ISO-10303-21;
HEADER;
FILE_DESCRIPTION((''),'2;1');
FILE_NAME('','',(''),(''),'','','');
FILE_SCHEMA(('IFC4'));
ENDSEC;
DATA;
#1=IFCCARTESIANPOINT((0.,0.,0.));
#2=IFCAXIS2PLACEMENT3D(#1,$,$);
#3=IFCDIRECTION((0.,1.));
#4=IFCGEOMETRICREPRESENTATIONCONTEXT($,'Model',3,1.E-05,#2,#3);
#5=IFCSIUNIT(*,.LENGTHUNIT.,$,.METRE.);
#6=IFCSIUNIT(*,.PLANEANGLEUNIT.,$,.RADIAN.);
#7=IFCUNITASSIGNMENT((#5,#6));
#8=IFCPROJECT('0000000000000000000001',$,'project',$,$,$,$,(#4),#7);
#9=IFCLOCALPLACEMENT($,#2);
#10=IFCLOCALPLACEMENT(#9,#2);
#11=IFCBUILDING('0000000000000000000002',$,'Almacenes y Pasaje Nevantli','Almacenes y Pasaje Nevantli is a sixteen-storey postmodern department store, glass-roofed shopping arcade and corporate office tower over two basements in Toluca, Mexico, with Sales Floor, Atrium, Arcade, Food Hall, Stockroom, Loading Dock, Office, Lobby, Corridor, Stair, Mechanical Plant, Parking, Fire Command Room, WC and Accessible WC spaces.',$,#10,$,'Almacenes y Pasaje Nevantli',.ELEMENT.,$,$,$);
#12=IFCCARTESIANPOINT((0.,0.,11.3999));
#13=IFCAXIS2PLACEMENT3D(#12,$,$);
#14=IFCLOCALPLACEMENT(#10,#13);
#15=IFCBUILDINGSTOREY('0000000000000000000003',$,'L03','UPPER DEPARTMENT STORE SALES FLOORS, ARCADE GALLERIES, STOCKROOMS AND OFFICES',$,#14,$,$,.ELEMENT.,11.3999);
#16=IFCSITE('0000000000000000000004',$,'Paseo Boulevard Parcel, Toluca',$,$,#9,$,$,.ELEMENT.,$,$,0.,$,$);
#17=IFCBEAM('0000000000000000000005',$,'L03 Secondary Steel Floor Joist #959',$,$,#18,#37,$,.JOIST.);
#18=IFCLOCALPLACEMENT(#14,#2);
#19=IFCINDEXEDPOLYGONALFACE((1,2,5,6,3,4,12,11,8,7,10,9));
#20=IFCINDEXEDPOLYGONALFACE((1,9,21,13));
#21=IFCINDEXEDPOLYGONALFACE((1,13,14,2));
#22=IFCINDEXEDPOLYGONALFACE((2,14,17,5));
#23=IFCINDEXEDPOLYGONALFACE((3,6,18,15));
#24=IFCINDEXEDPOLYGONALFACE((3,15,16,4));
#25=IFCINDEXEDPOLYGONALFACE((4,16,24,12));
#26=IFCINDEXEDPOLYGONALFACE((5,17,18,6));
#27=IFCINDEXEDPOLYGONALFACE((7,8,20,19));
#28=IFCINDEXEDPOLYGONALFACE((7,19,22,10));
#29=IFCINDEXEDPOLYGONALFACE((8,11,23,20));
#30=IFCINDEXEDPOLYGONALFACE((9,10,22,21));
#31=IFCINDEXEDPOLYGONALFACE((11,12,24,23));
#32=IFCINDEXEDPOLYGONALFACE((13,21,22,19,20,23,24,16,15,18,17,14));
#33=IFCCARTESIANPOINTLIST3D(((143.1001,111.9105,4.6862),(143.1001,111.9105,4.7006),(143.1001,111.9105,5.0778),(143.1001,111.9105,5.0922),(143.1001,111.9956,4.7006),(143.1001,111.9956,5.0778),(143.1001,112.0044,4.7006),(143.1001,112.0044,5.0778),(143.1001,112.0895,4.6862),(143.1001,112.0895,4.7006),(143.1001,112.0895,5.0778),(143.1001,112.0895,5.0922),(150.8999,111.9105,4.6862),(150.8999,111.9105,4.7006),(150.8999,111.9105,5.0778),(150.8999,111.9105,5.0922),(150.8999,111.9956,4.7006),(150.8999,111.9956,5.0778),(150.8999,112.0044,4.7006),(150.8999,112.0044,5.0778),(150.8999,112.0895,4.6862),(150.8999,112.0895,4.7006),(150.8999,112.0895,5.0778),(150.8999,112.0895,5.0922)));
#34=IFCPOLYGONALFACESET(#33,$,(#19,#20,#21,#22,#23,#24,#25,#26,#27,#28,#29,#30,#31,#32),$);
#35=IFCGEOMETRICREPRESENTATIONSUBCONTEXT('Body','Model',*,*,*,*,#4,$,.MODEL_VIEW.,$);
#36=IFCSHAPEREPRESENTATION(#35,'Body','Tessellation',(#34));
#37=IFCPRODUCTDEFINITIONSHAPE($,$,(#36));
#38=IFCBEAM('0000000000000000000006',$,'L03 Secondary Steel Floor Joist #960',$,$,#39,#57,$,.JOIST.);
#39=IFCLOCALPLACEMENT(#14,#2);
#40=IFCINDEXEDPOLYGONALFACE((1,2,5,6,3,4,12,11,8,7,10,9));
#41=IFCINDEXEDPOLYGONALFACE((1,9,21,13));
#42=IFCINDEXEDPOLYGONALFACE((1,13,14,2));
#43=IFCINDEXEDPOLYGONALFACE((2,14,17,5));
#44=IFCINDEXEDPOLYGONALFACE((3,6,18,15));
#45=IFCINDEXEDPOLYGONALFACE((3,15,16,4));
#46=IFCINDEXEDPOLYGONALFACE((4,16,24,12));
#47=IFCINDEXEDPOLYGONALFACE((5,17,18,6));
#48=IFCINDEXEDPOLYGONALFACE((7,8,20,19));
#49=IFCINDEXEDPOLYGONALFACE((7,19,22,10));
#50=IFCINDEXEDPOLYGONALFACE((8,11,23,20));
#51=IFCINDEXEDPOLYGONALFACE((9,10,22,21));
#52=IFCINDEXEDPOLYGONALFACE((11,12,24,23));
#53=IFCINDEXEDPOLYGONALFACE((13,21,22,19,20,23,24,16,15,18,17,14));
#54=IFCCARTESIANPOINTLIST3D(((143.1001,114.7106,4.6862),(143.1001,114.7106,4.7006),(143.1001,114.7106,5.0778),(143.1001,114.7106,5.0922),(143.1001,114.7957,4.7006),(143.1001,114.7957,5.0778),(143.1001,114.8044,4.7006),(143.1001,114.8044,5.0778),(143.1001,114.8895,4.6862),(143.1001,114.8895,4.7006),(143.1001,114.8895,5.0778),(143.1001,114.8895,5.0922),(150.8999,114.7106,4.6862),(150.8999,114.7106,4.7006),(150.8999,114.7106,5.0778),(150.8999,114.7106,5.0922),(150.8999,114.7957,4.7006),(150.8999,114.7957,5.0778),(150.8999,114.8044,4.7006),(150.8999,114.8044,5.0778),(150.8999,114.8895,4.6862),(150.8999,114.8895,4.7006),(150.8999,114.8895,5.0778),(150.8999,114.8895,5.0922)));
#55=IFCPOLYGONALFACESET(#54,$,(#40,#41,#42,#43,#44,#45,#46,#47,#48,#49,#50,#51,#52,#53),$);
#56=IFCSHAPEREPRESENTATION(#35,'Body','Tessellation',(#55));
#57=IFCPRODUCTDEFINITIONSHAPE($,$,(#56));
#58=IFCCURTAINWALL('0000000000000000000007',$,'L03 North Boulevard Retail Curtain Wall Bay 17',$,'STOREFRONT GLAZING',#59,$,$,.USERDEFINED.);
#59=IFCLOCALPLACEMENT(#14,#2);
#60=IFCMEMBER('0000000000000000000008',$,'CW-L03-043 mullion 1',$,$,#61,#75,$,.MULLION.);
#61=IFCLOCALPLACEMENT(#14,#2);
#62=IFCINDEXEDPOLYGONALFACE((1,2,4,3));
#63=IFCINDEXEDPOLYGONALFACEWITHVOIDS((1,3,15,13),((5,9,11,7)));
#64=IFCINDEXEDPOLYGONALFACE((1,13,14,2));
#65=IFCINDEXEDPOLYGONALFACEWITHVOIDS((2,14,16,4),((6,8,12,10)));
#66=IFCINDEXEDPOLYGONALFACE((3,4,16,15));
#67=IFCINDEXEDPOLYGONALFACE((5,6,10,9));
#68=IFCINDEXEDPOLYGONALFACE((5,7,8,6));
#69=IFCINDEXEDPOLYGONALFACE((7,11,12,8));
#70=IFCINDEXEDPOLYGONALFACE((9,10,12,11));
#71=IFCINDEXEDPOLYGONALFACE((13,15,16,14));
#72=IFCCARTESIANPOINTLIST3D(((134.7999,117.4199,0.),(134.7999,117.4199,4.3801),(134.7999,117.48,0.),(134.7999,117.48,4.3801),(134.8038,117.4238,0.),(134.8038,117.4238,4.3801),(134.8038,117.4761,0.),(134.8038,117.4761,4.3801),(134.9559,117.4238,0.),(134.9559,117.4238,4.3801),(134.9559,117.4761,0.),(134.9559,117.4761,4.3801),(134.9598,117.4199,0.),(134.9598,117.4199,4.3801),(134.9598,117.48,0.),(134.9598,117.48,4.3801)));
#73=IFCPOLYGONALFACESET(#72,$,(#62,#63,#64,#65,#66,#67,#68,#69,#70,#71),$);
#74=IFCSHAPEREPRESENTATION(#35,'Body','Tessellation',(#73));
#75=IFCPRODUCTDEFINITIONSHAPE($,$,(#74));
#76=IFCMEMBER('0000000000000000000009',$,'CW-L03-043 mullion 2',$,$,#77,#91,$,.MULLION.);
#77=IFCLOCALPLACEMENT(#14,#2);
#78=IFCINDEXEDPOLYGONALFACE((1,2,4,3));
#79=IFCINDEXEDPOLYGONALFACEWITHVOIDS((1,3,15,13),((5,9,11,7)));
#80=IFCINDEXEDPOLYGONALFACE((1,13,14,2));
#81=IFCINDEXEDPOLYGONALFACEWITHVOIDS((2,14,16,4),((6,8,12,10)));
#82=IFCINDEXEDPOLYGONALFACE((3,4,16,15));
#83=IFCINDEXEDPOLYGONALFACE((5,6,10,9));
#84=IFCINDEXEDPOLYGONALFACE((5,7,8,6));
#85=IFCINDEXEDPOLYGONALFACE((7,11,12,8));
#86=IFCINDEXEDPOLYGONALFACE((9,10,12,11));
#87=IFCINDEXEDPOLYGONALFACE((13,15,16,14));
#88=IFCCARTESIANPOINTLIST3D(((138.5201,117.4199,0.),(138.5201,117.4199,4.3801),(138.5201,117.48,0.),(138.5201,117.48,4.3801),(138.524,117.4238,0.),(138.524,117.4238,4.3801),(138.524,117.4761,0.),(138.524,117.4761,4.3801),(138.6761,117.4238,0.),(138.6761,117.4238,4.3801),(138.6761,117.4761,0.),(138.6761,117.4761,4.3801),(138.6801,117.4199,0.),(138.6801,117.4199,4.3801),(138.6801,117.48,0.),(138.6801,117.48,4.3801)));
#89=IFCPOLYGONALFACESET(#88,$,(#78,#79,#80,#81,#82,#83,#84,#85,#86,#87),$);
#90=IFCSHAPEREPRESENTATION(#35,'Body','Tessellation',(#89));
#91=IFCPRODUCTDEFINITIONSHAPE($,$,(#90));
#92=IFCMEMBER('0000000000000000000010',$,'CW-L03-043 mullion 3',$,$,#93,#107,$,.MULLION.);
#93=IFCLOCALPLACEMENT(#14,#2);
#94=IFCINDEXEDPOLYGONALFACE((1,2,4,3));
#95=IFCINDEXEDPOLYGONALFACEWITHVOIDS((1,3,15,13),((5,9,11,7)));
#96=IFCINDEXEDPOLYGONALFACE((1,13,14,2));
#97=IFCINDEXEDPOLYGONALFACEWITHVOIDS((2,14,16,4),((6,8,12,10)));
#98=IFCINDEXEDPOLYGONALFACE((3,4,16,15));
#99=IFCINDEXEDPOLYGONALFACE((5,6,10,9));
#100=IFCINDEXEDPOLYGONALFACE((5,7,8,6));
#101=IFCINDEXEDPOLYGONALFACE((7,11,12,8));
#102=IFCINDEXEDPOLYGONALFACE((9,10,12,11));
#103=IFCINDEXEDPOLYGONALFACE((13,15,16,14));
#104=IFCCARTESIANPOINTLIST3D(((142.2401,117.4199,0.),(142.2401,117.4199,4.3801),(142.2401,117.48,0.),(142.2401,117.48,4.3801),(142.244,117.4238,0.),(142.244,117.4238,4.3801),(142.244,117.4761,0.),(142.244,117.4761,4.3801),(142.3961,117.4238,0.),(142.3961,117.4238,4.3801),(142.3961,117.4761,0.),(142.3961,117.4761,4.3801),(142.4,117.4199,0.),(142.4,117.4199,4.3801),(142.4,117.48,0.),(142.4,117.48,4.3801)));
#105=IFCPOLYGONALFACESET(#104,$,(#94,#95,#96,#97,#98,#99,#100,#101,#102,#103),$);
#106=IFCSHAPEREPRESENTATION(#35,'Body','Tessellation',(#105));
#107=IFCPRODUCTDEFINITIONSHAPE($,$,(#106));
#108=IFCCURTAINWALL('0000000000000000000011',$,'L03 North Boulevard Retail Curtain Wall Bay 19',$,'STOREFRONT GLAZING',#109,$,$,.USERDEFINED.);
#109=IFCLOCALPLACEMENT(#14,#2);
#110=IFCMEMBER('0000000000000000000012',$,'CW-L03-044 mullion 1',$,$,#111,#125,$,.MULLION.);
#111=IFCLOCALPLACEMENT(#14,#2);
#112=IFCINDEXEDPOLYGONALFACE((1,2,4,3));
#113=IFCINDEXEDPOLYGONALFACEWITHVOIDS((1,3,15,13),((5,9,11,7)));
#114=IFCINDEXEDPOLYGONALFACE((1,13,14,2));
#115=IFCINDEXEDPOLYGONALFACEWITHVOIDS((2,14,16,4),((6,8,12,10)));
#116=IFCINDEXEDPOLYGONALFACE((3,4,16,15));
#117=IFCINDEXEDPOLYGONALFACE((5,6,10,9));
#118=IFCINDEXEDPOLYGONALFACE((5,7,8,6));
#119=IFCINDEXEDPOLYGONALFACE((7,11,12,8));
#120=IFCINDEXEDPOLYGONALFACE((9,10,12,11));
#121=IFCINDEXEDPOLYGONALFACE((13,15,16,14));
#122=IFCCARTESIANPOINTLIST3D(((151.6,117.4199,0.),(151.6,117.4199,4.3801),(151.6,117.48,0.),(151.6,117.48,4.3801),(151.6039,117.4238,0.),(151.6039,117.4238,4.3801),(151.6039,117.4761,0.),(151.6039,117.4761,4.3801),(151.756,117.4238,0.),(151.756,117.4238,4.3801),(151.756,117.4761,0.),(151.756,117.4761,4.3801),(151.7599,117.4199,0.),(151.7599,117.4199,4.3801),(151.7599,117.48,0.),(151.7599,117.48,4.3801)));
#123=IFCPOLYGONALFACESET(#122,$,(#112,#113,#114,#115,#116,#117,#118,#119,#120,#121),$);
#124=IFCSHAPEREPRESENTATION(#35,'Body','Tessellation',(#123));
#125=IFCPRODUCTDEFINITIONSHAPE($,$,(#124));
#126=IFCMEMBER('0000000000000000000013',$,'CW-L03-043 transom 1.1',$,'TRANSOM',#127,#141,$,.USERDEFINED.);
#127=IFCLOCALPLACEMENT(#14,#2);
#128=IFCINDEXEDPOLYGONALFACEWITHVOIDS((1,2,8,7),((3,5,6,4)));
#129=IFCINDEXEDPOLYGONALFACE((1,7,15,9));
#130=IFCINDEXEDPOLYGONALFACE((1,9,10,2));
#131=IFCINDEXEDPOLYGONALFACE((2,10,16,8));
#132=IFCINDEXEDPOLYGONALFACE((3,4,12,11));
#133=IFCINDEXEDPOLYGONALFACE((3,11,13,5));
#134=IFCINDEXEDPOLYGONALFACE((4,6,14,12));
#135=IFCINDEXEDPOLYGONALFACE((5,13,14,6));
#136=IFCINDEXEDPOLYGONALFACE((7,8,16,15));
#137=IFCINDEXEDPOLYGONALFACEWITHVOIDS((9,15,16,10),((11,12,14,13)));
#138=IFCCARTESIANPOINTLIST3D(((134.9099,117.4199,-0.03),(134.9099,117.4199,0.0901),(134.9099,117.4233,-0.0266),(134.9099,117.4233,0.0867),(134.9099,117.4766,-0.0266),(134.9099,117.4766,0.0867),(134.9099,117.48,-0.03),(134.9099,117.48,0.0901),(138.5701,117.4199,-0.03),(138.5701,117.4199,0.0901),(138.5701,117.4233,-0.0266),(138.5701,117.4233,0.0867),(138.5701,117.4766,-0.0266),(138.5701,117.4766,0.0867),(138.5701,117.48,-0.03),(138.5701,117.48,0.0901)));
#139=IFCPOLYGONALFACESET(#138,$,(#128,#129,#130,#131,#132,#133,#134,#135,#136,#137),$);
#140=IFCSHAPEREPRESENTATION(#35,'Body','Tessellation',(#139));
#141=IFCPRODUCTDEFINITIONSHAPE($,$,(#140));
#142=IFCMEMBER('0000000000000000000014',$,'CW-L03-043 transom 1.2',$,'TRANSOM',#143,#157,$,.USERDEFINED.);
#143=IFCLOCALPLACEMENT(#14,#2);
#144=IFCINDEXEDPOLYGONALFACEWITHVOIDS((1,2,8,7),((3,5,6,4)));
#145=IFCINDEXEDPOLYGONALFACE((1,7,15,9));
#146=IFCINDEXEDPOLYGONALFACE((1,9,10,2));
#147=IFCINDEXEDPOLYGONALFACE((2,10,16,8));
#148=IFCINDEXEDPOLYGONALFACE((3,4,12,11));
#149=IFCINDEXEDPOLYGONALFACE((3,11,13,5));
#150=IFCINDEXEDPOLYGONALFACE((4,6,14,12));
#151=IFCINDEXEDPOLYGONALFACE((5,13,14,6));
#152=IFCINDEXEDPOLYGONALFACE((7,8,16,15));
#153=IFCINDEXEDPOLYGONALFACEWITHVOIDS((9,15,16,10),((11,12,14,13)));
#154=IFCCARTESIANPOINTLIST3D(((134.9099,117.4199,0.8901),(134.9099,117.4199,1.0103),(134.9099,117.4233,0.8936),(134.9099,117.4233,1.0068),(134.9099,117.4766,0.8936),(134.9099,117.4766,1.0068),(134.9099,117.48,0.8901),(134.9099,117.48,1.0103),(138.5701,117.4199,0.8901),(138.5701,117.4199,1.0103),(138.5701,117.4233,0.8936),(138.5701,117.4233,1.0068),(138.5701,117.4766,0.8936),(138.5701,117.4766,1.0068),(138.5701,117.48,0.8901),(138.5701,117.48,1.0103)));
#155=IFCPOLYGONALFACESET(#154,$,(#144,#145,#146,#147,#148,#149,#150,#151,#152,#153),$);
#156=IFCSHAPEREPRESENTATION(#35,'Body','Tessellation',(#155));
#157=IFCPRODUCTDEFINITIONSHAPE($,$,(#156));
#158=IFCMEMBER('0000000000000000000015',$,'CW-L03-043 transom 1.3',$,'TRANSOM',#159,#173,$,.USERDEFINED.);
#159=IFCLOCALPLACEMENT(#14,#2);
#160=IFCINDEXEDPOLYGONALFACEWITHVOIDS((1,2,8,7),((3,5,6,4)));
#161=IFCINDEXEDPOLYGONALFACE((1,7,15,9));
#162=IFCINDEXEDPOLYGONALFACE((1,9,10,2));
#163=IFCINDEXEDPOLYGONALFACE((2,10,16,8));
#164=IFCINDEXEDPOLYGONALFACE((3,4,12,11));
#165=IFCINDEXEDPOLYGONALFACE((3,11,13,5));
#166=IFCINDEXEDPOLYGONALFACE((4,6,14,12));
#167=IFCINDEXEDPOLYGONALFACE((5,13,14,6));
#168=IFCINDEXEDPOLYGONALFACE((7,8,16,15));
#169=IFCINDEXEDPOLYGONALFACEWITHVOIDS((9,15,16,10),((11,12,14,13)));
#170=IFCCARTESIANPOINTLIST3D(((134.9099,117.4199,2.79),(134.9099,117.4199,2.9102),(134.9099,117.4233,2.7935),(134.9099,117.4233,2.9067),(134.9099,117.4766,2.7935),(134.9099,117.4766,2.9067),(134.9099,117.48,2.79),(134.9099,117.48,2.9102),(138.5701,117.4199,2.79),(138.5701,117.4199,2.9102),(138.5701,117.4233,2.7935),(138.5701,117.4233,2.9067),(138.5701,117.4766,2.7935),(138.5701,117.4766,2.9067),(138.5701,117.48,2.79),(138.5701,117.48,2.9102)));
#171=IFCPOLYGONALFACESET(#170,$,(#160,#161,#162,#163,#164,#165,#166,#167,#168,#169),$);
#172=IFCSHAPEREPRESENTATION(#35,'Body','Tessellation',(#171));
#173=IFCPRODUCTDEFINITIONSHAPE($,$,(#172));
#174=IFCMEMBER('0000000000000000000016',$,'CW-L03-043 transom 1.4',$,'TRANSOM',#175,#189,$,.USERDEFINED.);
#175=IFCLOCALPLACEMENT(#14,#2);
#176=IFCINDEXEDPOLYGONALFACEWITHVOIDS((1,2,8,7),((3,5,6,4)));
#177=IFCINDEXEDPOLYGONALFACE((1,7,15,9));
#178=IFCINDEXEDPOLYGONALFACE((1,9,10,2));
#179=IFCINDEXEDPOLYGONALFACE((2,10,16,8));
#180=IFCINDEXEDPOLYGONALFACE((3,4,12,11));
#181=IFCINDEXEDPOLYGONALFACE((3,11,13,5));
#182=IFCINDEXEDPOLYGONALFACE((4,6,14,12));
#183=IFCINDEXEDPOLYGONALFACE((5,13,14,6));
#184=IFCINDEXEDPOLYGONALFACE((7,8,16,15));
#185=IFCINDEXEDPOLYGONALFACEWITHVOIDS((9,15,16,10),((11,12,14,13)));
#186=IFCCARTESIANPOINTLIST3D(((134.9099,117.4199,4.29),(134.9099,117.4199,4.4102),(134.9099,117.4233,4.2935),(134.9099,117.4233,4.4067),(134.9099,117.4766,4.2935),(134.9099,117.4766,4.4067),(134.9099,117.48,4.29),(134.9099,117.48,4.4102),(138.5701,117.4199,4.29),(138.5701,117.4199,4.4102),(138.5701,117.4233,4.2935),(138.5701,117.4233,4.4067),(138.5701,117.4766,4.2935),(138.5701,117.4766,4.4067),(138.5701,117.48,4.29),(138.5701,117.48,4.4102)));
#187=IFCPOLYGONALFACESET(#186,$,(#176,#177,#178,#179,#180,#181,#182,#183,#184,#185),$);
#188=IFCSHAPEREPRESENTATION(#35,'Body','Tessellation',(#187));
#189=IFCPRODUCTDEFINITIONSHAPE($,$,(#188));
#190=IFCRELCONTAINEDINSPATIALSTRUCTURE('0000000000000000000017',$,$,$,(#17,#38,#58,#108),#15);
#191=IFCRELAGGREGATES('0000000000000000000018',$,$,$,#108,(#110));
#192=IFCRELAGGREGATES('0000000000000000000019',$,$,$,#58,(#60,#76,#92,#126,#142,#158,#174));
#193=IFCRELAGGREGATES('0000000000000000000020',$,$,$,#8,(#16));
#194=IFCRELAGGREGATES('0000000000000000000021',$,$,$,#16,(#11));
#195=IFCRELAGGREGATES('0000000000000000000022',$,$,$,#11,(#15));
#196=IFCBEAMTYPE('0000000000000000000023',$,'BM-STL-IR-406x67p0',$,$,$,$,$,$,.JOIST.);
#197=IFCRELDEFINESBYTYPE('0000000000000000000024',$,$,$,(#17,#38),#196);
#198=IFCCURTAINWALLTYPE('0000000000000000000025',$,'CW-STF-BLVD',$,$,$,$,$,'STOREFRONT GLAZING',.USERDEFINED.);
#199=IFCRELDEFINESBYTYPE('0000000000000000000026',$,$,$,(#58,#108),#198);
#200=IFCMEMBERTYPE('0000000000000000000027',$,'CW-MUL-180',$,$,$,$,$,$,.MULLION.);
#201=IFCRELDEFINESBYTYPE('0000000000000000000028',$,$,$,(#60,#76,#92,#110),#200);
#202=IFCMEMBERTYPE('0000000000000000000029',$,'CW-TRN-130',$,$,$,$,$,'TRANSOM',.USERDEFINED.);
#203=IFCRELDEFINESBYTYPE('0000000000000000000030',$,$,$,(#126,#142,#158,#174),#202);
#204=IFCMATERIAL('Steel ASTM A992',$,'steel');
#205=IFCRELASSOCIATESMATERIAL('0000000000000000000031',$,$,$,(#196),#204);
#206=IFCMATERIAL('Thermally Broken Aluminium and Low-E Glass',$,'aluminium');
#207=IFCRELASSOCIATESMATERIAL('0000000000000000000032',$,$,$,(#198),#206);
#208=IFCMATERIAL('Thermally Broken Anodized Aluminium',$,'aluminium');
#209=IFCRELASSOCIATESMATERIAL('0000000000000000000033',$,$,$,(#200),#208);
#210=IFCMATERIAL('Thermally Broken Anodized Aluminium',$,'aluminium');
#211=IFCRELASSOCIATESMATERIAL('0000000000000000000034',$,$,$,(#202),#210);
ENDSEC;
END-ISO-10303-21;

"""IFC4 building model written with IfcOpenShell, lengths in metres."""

from ifc_helpers import new_model, si_unit, direction, frame, origin, origin_2d, place, context, subcontext, project, spatial, hollow_rectangle, i_section, extrude, material, material_profile, profile_set, type_object, element, aggregate, save


model = new_model("IFC4")

# Units and contexts
model_context = context("Model", 3, precision=1e-05, world=origin(), true_north=direction((0.0, 1.0)))
body_context = subcontext(model_context, "Body", "Model", "MODEL_VIEW")
ifc_project = project(units=[si_unit("LENGTHUNIT", "METRE"), si_unit("PLANEANGLEUNIT", "RADIAN")], contexts=[model_context])

# Site, building, storey
site_placement = place(None, origin())
site = spatial("IfcSite", under=ifc_project, at=site_placement, Name="Paseo Boulevard Parcel, Toluca", CompositionType="ELEMENT", RefElevation=0.0)
building_placement = place(site_placement, origin())
building = spatial("IfcBuilding", under=site, at=building_placement, Name="Almacenes y Pasaje Nevantli", Description="Almacenes y Pasaje Nevantli is a sixteen-storey postmodern department store, glass-roofed shopping arcade and corporate office tower over two basements in Toluca, Mexico, with Sales Floor, Atrium, Arcade, Food Hall, Stockroom, Loading Dock, Office, Lobby, Corridor, Stair, Mechanical Plant, Parking, Fire Command Room, WC and Accessible WC spaces.", LongName="Almacenes y Pasaje Nevantli", CompositionType="ELEMENT")
storey_placement = place(building_placement, frame((0.0, 0.0, 11.3999)))
storey = spatial("IfcBuildingStorey", under=building, at=storey_placement, Name="L03", Description="UPPER DEPARTMENT STORE SALES FLOORS, ARCADE GALLERIES, STOCKROOMS AND OFFICES", CompositionType="ELEMENT", Elevation=11.3999)

# Beams
ifc_material_1 = material(Name="Steel ASTM A992", Category="steel")
ifc_material_profile_1 = material_profile(ifc_material_1, i_section(OverallWidth=0.179, OverallDepth=0.406, WebThickness=0.0088, FlangeThickness=0.0144, at=origin_2d()), Name="IR 406x67.0")
ifc_profile_set_1 = profile_set([ifc_material_profile_1], Name="Steel ASTM A992")
beam_type_1 = type_object("IfcBeamType", Name="BM-STL-IR-406x67p0", PredefinedType="JOIST", material=ifc_profile_set_1)
for number, where, z_axis, x_axis, name in (
    (1, (143.1001, 112.0, 4.8892), (1.0, 0.0, 0.0), (0.0, 1.0, 0.0), "L03 Secondary Steel Floor Joist #959"),
    (2, (143.1001, 114.8, 4.8892), (1.0, 0.0, 0.0), (0.0, 1.0, 0.0), "L03 Secondary Steel Floor Joist #960"),
):
    element("IfcBeam", number, at=place(storey_placement, frame(where, z_axis=z_axis, x_axis=x_axis)), inside=storey, type_object=beam_type_1, Name=name, PredefinedType="JOIST", context=body_context, shape_type="SweptSolid", body=[
        extrude(i_section(OverallWidth=0.179, OverallDepth=0.406, WebThickness=0.0088, FlangeThickness=0.0144, at=origin_2d()), origin(), (0.0, 0.0, 1.0), 7.7998),
    ])

# Curtain wall, members
ifc_material_2 = material(Name="Thermally Broken Aluminium and Low-E Glass", Category="aluminium")
curtain_wall_type = type_object("IfcCurtainWallType", Name="CW-STF-BLVD", ElementType="STOREFRONT GLAZING", PredefinedType="USERDEFINED", material=ifc_material_2)
curtain_wall_1_placement = place(storey_placement, origin())
curtain_wall_1 = element("IfcCurtainWall", 3, at=curtain_wall_1_placement, inside=storey, type_object=curtain_wall_type, Name="L03 North Boulevard Retail Curtain Wall Bay 17", ObjectType="STOREFRONT GLAZING", PredefinedType="USERDEFINED")
ifc_material_3 = material(Name="Thermally Broken Anodized Aluminium", Category="aluminium")
ifc_material_profile_2 = material_profile(ifc_material_3, hollow_rectangle(XDim=0.0601, YDim=0.1599, WallThickness=0.0039, at=origin_2d()), Name="ALU-MUL-60x160")
ifc_profile_set_2 = profile_set([ifc_material_profile_2], Name="Thermally Broken Anodized Aluminium")
member_type_1 = type_object("IfcMemberType", Name="CW-MUL-180", PredefinedType="MULLION", material=ifc_profile_set_2)
member_1_placement = place(storey_placement, frame((134.8799, 117.45, 0.0), z_axis=(0.0, 0.0, 1.0), x_axis=(0.0, 1.0, 0.0)))
member_1 = element("IfcMember", 4, at=member_1_placement, type_object=member_type_1, Name="CW-L03-043 mullion 1", PredefinedType="MULLION", context=body_context, shape_type="SweptSolid", body=[
    extrude(hollow_rectangle(XDim=0.0601, YDim=0.1599, WallThickness=0.0039, at=origin_2d()), origin(), (0.0, 0.0, 1.0), 4.3801),
])
member_2_placement = place(storey_placement, frame((138.6001, 117.45, 0.0), z_axis=(0.0, 0.0, 1.0), x_axis=(0.0, 1.0, 0.0)))
member_2 = element("IfcMember", 5, at=member_2_placement, type_object=member_type_1, Name="CW-L03-043 mullion 2", PredefinedType="MULLION", context=body_context, shape_type="SweptSolid", body=[
    extrude(hollow_rectangle(XDim=0.0601, YDim=0.1599, WallThickness=0.0039, at=origin_2d()), origin(), (0.0, 0.0, 1.0), 4.3801),
])
member_3_placement = place(storey_placement, frame((142.3201, 117.45, 0.0), z_axis=(0.0, 0.0, 1.0), x_axis=(0.0, 1.0, 0.0)))
member_3 = element("IfcMember", 6, at=member_3_placement, type_object=member_type_1, Name="CW-L03-043 mullion 3", PredefinedType="MULLION", context=body_context, shape_type="SweptSolid", body=[
    extrude(hollow_rectangle(XDim=0.0601, YDim=0.1599, WallThickness=0.0039, at=origin_2d()), origin(), (0.0, 0.0, 1.0), 4.3801),
])

# Curtain wall, member
curtain_wall_2_placement = place(storey_placement, origin())
curtain_wall_2 = element("IfcCurtainWall", 7, at=curtain_wall_2_placement, inside=storey, type_object=curtain_wall_type, Name="L03 North Boulevard Retail Curtain Wall Bay 19", ObjectType="STOREFRONT GLAZING", PredefinedType="USERDEFINED")
member_4_placement = place(storey_placement, frame((151.6799, 117.45, 0.0), z_axis=(0.0, 0.0, 1.0), x_axis=(0.0, 1.0, 0.0)))
member_4 = element("IfcMember", 8, at=member_4_placement, type_object=member_type_1, Name="CW-L03-044 mullion 1", PredefinedType="MULLION", context=body_context, shape_type="SweptSolid", body=[
    extrude(hollow_rectangle(XDim=0.0601, YDim=0.1599, WallThickness=0.0039, at=origin_2d()), origin(), (0.0, 0.0, 1.0), 4.3801),
])

# Members
ifc_material_4 = material(Name="Thermally Broken Anodized Aluminium", Category="aluminium")
ifc_material_profile_3 = material_profile(ifc_material_4, hollow_rectangle(XDim=0.0601, YDim=0.1201, WallThickness=0.0034, at=origin_2d()), Name="ALU-TRN-60x120")
ifc_profile_set_3 = profile_set([ifc_material_profile_3], Name="Thermally Broken Anodized Aluminium")
member_type_2 = type_object("IfcMemberType", Name="CW-TRN-130", ElementType="TRANSOM", PredefinedType="USERDEFINED", material=ifc_profile_set_3)
member_5_placement = place(storey_placement, frame((134.9099, 117.45, 0.03), z_axis=(1.0, 0.0, 0.0), x_axis=(0.0, 1.0, 0.0)))
member_5 = element("IfcMember", 9, at=member_5_placement, type_object=member_type_2, Name="CW-L03-043 transom 1.1", ObjectType="TRANSOM", PredefinedType="USERDEFINED", context=body_context, shape_type="SweptSolid", body=[
    extrude(hollow_rectangle(XDim=0.0601, YDim=0.1201, WallThickness=0.0034, at=origin_2d()), origin(), (0.0, 0.0, 1.0), 3.6602),
])
member_6_placement = place(storey_placement, frame((134.9099, 117.45, 0.9502), z_axis=(1.0, 0.0, 0.0), x_axis=(0.0, 1.0, 0.0)))
member_6 = element("IfcMember", 10, at=member_6_placement, type_object=member_type_2, Name="CW-L03-043 transom 1.2", ObjectType="TRANSOM", PredefinedType="USERDEFINED", context=body_context, shape_type="SweptSolid", body=[
    extrude(hollow_rectangle(XDim=0.0601, YDim=0.1201, WallThickness=0.0034, at=origin_2d()), origin(), (0.0, 0.0, 1.0), 3.6602),
])
member_7_placement = place(storey_placement, frame((134.9099, 117.45, 2.8501), z_axis=(1.0, 0.0, 0.0), x_axis=(0.0, 1.0, 0.0)))
member_7 = element("IfcMember", 11, at=member_7_placement, type_object=member_type_2, Name="CW-L03-043 transom 1.3", ObjectType="TRANSOM", PredefinedType="USERDEFINED", context=body_context, shape_type="SweptSolid", body=[
    extrude(hollow_rectangle(XDim=0.0601, YDim=0.1201, WallThickness=0.0034, at=origin_2d()), origin(), (0.0, 0.0, 1.0), 3.6602),
])
member_8_placement = place(storey_placement, frame((134.9099, 117.45, 4.3501), z_axis=(1.0, 0.0, 0.0), x_axis=(0.0, 1.0, 0.0)))
member_8 = element("IfcMember", 12, at=member_8_placement, type_object=member_type_2, Name="CW-L03-043 transom 1.4", ObjectType="TRANSOM", PredefinedType="USERDEFINED", context=body_context, shape_type="SweptSolid", body=[
    extrude(hollow_rectangle(XDim=0.0601, YDim=0.1201, WallThickness=0.0034, at=origin_2d()), origin(), (0.0, 0.0, 1.0), 3.6602),
])
aggregate(curtain_wall_2, [member_4])

aggregate(curtain_wall_1, [member_1, member_2, member_3, member_5, member_6, member_7, member_8])

save(model, "model.ifc")
